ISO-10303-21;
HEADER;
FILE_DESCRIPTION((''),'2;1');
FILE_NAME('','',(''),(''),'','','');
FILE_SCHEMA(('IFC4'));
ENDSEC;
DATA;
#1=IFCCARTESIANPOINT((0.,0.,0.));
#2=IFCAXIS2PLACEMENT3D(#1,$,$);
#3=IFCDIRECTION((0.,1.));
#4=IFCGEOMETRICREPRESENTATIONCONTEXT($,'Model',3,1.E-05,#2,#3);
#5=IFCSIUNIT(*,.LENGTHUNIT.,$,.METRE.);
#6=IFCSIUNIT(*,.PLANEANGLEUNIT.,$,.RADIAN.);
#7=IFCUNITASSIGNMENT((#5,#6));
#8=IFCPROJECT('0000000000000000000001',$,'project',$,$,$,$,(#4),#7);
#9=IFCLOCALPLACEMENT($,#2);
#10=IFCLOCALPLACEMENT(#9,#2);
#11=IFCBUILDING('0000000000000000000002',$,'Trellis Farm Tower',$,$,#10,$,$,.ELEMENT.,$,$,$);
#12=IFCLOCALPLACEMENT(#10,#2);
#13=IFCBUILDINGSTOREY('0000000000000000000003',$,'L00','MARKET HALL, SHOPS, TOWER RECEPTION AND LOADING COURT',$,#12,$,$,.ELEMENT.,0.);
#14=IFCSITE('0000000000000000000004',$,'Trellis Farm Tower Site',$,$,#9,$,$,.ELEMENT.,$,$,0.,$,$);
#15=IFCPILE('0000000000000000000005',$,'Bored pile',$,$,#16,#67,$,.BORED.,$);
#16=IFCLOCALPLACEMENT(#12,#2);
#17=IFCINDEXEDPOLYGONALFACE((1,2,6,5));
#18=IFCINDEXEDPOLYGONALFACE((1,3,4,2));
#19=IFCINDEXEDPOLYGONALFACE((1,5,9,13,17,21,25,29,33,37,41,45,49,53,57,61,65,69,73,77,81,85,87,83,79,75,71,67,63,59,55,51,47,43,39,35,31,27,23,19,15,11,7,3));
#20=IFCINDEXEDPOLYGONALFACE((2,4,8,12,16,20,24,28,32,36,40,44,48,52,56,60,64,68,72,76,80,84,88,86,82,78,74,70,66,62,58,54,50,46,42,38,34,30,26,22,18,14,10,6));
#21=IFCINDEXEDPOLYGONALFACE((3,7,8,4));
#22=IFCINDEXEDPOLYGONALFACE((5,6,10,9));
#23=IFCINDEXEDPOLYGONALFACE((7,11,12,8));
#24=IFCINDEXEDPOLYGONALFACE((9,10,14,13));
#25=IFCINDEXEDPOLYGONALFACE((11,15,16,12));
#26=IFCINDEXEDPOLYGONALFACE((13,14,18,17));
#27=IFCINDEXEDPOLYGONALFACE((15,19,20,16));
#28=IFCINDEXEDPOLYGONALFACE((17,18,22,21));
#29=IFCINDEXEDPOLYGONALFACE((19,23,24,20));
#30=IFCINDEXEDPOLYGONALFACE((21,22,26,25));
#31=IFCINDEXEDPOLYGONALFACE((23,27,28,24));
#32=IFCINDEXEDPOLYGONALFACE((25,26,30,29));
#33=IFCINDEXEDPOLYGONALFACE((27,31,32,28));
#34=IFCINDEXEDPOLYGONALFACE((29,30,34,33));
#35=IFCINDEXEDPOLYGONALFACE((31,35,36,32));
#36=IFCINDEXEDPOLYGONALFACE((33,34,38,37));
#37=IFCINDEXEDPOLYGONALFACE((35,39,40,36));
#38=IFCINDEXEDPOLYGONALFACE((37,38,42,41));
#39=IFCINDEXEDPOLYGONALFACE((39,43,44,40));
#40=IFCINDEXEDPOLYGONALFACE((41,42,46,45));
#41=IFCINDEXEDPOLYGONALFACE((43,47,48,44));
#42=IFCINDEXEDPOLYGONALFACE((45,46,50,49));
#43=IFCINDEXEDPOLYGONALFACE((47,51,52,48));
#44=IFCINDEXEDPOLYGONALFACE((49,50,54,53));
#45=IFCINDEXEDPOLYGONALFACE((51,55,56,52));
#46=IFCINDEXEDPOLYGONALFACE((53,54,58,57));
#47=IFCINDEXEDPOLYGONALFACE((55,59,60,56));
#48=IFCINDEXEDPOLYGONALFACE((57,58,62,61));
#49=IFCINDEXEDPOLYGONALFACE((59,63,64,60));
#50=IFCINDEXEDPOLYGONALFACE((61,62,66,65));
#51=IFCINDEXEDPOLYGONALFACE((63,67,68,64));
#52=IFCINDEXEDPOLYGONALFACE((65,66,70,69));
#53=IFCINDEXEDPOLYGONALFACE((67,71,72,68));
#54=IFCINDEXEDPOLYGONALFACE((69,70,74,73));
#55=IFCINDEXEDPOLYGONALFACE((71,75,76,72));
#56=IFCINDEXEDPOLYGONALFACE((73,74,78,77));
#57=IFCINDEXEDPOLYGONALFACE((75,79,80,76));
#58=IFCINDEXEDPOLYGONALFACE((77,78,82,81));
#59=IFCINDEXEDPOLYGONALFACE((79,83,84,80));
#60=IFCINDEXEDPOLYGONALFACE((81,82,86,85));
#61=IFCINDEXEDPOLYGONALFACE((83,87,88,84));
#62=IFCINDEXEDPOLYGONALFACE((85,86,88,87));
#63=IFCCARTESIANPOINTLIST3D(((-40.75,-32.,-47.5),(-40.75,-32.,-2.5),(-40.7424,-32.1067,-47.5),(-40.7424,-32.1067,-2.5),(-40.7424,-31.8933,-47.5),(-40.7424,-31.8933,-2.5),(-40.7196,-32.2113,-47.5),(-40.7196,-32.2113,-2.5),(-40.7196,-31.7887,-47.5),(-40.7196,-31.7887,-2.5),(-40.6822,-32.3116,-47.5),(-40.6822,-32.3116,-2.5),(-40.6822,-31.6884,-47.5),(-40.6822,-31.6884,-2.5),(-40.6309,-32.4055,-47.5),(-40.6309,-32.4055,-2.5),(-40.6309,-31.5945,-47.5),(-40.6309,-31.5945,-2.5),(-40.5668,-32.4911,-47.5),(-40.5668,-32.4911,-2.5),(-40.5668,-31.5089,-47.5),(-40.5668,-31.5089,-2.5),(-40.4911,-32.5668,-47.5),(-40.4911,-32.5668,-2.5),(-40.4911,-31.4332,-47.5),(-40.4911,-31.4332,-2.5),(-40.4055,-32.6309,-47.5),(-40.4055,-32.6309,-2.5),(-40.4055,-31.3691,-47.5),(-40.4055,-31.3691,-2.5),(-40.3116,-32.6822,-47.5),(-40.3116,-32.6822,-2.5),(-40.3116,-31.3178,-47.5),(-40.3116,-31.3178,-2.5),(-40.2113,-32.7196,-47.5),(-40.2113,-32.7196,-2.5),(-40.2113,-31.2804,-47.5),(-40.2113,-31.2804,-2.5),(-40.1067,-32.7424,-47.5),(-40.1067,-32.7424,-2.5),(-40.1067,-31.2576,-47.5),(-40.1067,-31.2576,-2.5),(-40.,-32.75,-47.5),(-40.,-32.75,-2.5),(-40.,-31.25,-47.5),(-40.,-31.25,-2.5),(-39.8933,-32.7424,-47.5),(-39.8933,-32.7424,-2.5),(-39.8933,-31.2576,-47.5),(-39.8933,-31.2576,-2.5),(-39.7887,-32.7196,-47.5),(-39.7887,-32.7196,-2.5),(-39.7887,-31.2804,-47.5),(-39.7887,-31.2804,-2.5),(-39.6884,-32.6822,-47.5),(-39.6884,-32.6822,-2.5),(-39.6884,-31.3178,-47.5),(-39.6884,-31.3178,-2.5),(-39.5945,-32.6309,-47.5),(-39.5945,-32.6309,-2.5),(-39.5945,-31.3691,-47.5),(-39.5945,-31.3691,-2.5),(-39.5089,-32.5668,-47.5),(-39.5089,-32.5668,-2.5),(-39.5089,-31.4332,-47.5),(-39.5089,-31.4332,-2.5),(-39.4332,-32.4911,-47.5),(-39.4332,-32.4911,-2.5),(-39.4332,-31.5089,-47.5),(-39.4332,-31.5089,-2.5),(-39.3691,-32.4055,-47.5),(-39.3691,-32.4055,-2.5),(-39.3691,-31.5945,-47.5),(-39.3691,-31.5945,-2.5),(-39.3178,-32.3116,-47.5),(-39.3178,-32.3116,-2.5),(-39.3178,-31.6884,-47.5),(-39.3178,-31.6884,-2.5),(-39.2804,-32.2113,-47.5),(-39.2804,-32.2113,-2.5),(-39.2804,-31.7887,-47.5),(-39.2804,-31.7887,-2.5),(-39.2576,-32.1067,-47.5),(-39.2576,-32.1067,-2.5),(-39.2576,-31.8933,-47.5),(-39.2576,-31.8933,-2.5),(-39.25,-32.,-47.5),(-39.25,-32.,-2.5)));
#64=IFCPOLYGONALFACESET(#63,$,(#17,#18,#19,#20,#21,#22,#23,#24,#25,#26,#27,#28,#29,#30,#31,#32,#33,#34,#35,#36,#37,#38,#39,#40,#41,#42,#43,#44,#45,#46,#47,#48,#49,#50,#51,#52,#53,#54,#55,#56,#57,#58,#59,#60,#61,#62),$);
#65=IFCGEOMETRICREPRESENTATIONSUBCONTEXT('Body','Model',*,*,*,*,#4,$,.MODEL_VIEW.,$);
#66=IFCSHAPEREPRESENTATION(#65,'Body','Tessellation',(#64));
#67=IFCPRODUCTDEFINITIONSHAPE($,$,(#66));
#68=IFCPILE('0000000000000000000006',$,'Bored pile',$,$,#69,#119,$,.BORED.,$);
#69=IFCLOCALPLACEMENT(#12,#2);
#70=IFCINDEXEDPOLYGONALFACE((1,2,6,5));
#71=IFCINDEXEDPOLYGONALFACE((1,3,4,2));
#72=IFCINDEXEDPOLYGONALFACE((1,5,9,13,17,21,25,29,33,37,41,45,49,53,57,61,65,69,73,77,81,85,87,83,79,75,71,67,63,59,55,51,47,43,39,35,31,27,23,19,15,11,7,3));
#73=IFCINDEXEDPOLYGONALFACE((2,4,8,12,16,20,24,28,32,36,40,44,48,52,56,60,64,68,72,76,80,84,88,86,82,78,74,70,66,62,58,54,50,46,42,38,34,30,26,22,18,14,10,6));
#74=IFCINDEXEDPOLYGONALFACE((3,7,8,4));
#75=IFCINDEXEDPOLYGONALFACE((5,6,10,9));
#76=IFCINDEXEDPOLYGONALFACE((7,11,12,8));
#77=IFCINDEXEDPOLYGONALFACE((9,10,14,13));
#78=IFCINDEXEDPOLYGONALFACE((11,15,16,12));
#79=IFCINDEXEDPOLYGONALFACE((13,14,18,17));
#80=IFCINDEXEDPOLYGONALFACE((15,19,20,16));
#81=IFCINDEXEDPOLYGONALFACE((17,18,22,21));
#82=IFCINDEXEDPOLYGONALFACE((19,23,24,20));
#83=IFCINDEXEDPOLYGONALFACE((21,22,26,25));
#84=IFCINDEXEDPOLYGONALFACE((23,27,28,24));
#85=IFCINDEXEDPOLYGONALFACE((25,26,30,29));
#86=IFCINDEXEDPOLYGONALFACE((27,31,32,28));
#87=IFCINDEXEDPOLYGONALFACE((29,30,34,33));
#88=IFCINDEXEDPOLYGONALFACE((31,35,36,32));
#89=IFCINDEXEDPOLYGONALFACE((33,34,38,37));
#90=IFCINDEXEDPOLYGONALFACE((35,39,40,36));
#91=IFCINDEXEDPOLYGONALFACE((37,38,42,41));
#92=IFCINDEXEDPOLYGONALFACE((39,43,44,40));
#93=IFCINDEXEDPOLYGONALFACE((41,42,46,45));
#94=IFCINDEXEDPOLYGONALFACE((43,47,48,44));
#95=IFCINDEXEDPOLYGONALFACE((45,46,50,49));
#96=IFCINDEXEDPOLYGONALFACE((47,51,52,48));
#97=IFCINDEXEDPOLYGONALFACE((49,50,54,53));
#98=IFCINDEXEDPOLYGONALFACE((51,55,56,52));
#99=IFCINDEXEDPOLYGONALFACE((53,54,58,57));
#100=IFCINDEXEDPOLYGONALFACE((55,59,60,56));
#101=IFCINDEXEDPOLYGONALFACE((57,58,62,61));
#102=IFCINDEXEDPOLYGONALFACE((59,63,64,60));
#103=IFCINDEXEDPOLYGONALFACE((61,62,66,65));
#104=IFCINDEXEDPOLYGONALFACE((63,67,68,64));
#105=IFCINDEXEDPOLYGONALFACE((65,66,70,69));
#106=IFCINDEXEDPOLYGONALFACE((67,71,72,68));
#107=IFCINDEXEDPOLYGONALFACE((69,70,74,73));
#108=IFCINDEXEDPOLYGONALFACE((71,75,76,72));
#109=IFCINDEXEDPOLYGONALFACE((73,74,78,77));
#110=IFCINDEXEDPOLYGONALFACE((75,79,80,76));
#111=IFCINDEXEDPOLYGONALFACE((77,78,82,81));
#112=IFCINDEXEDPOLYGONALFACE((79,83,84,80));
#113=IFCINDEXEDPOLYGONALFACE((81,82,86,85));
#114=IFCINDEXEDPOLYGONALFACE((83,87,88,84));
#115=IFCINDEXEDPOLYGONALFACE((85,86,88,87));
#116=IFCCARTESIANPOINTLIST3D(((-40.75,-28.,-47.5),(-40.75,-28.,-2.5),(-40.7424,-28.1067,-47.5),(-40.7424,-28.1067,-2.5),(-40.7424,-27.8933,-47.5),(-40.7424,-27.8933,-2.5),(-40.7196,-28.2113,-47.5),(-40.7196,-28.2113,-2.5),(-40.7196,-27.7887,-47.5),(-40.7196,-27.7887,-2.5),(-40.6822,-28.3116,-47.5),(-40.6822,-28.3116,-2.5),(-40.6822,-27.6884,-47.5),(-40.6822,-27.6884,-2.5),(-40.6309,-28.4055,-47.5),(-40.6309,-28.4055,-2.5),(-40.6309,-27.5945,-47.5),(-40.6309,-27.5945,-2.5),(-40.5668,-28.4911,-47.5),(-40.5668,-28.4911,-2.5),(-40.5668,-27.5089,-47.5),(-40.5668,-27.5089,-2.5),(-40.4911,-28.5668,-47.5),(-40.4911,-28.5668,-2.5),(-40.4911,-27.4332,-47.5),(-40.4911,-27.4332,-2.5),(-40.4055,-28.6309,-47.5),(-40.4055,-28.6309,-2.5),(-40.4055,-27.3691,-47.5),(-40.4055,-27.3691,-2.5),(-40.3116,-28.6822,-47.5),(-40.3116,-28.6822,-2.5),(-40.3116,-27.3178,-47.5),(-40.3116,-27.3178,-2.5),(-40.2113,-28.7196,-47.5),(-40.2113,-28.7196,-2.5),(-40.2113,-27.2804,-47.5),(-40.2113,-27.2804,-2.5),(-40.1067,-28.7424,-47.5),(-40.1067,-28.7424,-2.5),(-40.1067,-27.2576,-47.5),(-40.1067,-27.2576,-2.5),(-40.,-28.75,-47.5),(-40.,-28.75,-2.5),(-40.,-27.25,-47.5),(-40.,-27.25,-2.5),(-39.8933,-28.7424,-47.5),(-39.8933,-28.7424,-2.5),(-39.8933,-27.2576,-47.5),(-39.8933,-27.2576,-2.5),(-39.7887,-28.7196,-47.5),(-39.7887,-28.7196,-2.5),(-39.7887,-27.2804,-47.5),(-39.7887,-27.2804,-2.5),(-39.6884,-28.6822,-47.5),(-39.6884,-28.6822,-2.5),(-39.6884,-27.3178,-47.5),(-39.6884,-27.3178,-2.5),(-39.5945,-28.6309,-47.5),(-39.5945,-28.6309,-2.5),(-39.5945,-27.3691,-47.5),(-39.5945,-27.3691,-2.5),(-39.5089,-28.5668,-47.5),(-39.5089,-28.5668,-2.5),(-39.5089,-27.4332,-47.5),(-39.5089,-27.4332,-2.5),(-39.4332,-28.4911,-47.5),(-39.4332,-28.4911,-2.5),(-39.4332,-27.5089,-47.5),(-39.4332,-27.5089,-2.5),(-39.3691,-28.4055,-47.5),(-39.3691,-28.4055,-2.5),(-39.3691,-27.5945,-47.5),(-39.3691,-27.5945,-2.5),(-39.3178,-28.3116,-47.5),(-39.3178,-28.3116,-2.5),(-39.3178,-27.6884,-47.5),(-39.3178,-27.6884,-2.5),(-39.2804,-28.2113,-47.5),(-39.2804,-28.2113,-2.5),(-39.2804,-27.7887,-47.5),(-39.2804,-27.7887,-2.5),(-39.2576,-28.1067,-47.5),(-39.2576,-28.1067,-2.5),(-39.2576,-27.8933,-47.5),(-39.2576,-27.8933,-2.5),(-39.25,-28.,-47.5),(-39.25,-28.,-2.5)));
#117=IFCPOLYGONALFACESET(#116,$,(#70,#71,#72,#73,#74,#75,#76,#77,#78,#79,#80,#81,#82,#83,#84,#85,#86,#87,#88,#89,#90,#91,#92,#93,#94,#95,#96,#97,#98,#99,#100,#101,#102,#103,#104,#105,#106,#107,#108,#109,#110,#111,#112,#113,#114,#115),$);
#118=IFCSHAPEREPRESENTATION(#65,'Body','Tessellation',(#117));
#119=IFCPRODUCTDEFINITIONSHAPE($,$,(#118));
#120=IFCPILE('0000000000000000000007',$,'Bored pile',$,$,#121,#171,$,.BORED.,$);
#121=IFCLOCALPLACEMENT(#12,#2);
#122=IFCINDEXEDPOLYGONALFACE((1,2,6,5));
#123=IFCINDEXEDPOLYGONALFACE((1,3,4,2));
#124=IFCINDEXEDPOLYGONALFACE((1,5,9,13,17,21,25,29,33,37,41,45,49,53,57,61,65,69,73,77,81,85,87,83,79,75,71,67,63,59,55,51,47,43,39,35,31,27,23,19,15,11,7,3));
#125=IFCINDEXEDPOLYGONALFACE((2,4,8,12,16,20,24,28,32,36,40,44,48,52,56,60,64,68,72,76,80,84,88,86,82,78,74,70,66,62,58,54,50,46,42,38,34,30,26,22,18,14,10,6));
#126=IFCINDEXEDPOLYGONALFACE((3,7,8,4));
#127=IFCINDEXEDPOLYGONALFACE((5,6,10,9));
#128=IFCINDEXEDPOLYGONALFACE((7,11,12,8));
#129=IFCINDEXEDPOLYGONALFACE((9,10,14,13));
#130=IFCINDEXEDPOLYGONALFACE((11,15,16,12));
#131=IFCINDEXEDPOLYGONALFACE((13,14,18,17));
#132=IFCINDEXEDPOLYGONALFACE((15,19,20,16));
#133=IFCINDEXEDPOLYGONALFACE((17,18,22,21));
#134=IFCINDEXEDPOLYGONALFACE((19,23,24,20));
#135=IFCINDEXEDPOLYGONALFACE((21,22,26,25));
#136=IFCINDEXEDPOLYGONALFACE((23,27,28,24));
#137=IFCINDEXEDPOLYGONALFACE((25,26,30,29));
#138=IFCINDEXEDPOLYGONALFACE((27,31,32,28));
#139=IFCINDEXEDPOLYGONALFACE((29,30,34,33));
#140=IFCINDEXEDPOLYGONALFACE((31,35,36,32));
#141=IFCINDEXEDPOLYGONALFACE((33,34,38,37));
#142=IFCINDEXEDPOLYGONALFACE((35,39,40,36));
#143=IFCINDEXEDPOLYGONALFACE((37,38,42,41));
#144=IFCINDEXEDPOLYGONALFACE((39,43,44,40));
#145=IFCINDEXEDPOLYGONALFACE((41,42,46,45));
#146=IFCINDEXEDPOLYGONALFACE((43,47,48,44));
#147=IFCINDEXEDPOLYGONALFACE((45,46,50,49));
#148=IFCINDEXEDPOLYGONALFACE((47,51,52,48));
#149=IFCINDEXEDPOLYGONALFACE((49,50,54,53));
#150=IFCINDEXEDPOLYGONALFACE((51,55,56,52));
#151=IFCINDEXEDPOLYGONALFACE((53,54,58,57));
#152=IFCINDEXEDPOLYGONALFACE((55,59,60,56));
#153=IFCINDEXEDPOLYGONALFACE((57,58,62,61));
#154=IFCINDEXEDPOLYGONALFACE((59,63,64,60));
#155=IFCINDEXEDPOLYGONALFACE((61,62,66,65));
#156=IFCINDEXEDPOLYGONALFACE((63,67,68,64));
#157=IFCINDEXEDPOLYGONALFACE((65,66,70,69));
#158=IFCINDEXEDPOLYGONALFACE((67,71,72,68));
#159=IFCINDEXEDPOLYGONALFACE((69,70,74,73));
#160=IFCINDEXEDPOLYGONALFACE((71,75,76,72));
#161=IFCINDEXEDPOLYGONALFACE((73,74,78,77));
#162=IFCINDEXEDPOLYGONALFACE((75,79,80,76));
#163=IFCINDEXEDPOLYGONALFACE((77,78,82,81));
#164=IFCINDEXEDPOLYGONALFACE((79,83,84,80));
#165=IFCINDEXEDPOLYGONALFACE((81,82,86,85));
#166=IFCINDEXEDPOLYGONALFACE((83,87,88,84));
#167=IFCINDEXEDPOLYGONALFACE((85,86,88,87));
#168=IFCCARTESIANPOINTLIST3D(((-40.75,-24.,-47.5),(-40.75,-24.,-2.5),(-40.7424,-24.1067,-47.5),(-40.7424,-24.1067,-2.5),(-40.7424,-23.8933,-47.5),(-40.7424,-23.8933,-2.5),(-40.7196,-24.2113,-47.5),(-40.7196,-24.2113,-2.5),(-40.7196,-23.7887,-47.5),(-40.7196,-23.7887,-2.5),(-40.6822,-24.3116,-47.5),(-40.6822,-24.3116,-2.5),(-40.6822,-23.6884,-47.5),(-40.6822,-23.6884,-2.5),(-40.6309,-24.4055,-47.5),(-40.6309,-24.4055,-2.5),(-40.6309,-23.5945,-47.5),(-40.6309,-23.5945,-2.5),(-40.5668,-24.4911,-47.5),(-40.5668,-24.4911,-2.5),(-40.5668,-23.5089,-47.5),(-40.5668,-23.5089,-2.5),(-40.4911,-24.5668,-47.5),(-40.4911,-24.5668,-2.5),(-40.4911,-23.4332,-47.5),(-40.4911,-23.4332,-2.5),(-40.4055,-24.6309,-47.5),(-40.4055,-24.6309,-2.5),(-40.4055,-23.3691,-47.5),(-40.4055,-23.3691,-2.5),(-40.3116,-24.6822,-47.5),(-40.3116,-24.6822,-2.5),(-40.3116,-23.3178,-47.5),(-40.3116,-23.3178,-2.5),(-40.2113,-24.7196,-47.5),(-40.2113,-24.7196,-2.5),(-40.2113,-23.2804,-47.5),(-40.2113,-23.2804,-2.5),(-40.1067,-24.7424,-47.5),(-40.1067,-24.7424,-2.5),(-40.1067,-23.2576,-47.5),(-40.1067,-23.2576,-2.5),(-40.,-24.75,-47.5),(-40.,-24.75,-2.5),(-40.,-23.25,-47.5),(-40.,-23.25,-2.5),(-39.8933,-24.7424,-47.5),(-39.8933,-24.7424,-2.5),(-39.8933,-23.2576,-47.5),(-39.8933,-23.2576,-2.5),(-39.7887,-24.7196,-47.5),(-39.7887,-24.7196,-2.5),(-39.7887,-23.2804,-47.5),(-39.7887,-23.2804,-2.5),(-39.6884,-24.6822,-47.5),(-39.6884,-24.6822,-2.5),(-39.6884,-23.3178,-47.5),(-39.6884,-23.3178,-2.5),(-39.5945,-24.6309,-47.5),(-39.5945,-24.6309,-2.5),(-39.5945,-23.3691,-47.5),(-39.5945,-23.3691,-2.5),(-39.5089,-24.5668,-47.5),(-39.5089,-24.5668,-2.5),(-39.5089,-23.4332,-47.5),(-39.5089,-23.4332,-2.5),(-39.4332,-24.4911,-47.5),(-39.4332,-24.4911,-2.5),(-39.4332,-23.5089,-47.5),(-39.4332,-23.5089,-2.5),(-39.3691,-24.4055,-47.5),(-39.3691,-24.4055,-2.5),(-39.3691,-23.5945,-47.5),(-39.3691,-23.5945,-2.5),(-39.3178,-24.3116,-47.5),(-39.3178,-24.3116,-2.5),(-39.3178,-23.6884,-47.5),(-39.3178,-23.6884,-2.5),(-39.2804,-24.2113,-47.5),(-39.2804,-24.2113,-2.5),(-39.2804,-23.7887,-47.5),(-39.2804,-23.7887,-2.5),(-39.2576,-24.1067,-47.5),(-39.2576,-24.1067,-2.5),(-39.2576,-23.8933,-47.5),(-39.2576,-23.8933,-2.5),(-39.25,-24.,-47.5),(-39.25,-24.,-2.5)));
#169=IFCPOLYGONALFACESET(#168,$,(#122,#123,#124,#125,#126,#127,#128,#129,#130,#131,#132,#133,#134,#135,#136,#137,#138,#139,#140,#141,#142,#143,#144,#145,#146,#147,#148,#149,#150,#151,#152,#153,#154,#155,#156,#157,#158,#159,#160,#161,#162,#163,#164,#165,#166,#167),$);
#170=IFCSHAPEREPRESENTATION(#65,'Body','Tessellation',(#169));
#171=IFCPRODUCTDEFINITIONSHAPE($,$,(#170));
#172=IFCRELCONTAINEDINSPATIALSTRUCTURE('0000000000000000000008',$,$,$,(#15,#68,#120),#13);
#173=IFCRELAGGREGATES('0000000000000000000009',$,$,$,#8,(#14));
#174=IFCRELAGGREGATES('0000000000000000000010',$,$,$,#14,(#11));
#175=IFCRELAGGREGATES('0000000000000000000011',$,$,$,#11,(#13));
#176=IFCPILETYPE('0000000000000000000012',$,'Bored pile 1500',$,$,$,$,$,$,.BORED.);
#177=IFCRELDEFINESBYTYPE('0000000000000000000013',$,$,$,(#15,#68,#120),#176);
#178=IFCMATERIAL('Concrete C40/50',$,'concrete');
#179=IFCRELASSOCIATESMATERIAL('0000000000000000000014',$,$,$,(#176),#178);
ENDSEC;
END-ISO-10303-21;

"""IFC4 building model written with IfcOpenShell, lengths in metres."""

from ifc_helpers import new_model, si_unit, direction, frame, origin, origin_2d, place, context, subcontext, project, spatial, circle, extrude, source, transform, mapped, material, material_profile, profile_set, type_object, element, save


model = new_model("IFC4")

# Units and contexts
model_context = context("Model", 3, precision=1e-05, world=origin(), true_north=direction((0.0, 1.0)))
body_context = subcontext(model_context, "Body", "Model", "MODEL_VIEW")
ifc_project = project(units=[si_unit("LENGTHUNIT", "METRE"), si_unit("PLANEANGLEUNIT", "RADIAN")], contexts=[model_context])

# Site, building, storey
site_placement = place(None, origin())
site = spatial("IfcSite", under=ifc_project, at=site_placement, Name="Trellis Farm Tower Site", CompositionType="ELEMENT", RefElevation=0.0)
building_placement = place(site_placement, origin())
building = spatial("IfcBuilding", under=site, at=building_placement, Name="Trellis Farm Tower", CompositionType="ELEMENT")
storey_placement = place(building_placement, origin())
storey = spatial("IfcBuildingStorey", under=building, at=storey_placement, Name="L00", Description="MARKET HALL, SHOPS, TOWER RECEPTION AND LOADING COURT", CompositionType="ELEMENT", Elevation=0.0)

# Piles
ifc_material_1 = material(Name="Concrete C40/50", Category="concrete")
ifc_material_profile_1 = material_profile(ifc_material_1, circle(Radius=0.75, at=origin_2d()), Name="Bored pile 1500")
ifc_profile_set_1 = profile_set([ifc_material_profile_1], Name="Concrete C40/50")
pile_type = type_object("IfcPileType", Name="Bored pile 1500", PredefinedType="BORED", material=ifc_profile_set_1)
shared_shape_1 = source(origin(), body_context, "Body", "SweptSolid", [
    extrude(circle(Radius=0.75, at=origin_2d()), origin(), (0.0, 0.0, 1.0), 45.0),
])
for number, where, z_axis, x_axis, name in (
    (1, (-40.0, -32.0, -2.5), (0.0, 0.0, -1.0), (1.0, 0.0, 0.0), "Bored pile"),
    (2, (-40.0, -28.0, -2.5), (0.0, 0.0, -1.0), (1.0, 0.0, 0.0), "Bored pile"),
    (3, (-40.0, -24.0, -2.5), (0.0, 0.0, -1.0), (1.0, 0.0, 0.0), "Bored pile"),
):
    element("IfcPile", number, at=place(storey_placement, frame(where, z_axis=z_axis, x_axis=x_axis)), inside=storey, type_object=pile_type, Name=name, PredefinedType="BORED", context=body_context, shape_type="MappedRepresentation", body=[
        mapped(shared_shape_1, transform((0.0, 0.0, 0.0))),
    ])

save(model, "model.ifc")
